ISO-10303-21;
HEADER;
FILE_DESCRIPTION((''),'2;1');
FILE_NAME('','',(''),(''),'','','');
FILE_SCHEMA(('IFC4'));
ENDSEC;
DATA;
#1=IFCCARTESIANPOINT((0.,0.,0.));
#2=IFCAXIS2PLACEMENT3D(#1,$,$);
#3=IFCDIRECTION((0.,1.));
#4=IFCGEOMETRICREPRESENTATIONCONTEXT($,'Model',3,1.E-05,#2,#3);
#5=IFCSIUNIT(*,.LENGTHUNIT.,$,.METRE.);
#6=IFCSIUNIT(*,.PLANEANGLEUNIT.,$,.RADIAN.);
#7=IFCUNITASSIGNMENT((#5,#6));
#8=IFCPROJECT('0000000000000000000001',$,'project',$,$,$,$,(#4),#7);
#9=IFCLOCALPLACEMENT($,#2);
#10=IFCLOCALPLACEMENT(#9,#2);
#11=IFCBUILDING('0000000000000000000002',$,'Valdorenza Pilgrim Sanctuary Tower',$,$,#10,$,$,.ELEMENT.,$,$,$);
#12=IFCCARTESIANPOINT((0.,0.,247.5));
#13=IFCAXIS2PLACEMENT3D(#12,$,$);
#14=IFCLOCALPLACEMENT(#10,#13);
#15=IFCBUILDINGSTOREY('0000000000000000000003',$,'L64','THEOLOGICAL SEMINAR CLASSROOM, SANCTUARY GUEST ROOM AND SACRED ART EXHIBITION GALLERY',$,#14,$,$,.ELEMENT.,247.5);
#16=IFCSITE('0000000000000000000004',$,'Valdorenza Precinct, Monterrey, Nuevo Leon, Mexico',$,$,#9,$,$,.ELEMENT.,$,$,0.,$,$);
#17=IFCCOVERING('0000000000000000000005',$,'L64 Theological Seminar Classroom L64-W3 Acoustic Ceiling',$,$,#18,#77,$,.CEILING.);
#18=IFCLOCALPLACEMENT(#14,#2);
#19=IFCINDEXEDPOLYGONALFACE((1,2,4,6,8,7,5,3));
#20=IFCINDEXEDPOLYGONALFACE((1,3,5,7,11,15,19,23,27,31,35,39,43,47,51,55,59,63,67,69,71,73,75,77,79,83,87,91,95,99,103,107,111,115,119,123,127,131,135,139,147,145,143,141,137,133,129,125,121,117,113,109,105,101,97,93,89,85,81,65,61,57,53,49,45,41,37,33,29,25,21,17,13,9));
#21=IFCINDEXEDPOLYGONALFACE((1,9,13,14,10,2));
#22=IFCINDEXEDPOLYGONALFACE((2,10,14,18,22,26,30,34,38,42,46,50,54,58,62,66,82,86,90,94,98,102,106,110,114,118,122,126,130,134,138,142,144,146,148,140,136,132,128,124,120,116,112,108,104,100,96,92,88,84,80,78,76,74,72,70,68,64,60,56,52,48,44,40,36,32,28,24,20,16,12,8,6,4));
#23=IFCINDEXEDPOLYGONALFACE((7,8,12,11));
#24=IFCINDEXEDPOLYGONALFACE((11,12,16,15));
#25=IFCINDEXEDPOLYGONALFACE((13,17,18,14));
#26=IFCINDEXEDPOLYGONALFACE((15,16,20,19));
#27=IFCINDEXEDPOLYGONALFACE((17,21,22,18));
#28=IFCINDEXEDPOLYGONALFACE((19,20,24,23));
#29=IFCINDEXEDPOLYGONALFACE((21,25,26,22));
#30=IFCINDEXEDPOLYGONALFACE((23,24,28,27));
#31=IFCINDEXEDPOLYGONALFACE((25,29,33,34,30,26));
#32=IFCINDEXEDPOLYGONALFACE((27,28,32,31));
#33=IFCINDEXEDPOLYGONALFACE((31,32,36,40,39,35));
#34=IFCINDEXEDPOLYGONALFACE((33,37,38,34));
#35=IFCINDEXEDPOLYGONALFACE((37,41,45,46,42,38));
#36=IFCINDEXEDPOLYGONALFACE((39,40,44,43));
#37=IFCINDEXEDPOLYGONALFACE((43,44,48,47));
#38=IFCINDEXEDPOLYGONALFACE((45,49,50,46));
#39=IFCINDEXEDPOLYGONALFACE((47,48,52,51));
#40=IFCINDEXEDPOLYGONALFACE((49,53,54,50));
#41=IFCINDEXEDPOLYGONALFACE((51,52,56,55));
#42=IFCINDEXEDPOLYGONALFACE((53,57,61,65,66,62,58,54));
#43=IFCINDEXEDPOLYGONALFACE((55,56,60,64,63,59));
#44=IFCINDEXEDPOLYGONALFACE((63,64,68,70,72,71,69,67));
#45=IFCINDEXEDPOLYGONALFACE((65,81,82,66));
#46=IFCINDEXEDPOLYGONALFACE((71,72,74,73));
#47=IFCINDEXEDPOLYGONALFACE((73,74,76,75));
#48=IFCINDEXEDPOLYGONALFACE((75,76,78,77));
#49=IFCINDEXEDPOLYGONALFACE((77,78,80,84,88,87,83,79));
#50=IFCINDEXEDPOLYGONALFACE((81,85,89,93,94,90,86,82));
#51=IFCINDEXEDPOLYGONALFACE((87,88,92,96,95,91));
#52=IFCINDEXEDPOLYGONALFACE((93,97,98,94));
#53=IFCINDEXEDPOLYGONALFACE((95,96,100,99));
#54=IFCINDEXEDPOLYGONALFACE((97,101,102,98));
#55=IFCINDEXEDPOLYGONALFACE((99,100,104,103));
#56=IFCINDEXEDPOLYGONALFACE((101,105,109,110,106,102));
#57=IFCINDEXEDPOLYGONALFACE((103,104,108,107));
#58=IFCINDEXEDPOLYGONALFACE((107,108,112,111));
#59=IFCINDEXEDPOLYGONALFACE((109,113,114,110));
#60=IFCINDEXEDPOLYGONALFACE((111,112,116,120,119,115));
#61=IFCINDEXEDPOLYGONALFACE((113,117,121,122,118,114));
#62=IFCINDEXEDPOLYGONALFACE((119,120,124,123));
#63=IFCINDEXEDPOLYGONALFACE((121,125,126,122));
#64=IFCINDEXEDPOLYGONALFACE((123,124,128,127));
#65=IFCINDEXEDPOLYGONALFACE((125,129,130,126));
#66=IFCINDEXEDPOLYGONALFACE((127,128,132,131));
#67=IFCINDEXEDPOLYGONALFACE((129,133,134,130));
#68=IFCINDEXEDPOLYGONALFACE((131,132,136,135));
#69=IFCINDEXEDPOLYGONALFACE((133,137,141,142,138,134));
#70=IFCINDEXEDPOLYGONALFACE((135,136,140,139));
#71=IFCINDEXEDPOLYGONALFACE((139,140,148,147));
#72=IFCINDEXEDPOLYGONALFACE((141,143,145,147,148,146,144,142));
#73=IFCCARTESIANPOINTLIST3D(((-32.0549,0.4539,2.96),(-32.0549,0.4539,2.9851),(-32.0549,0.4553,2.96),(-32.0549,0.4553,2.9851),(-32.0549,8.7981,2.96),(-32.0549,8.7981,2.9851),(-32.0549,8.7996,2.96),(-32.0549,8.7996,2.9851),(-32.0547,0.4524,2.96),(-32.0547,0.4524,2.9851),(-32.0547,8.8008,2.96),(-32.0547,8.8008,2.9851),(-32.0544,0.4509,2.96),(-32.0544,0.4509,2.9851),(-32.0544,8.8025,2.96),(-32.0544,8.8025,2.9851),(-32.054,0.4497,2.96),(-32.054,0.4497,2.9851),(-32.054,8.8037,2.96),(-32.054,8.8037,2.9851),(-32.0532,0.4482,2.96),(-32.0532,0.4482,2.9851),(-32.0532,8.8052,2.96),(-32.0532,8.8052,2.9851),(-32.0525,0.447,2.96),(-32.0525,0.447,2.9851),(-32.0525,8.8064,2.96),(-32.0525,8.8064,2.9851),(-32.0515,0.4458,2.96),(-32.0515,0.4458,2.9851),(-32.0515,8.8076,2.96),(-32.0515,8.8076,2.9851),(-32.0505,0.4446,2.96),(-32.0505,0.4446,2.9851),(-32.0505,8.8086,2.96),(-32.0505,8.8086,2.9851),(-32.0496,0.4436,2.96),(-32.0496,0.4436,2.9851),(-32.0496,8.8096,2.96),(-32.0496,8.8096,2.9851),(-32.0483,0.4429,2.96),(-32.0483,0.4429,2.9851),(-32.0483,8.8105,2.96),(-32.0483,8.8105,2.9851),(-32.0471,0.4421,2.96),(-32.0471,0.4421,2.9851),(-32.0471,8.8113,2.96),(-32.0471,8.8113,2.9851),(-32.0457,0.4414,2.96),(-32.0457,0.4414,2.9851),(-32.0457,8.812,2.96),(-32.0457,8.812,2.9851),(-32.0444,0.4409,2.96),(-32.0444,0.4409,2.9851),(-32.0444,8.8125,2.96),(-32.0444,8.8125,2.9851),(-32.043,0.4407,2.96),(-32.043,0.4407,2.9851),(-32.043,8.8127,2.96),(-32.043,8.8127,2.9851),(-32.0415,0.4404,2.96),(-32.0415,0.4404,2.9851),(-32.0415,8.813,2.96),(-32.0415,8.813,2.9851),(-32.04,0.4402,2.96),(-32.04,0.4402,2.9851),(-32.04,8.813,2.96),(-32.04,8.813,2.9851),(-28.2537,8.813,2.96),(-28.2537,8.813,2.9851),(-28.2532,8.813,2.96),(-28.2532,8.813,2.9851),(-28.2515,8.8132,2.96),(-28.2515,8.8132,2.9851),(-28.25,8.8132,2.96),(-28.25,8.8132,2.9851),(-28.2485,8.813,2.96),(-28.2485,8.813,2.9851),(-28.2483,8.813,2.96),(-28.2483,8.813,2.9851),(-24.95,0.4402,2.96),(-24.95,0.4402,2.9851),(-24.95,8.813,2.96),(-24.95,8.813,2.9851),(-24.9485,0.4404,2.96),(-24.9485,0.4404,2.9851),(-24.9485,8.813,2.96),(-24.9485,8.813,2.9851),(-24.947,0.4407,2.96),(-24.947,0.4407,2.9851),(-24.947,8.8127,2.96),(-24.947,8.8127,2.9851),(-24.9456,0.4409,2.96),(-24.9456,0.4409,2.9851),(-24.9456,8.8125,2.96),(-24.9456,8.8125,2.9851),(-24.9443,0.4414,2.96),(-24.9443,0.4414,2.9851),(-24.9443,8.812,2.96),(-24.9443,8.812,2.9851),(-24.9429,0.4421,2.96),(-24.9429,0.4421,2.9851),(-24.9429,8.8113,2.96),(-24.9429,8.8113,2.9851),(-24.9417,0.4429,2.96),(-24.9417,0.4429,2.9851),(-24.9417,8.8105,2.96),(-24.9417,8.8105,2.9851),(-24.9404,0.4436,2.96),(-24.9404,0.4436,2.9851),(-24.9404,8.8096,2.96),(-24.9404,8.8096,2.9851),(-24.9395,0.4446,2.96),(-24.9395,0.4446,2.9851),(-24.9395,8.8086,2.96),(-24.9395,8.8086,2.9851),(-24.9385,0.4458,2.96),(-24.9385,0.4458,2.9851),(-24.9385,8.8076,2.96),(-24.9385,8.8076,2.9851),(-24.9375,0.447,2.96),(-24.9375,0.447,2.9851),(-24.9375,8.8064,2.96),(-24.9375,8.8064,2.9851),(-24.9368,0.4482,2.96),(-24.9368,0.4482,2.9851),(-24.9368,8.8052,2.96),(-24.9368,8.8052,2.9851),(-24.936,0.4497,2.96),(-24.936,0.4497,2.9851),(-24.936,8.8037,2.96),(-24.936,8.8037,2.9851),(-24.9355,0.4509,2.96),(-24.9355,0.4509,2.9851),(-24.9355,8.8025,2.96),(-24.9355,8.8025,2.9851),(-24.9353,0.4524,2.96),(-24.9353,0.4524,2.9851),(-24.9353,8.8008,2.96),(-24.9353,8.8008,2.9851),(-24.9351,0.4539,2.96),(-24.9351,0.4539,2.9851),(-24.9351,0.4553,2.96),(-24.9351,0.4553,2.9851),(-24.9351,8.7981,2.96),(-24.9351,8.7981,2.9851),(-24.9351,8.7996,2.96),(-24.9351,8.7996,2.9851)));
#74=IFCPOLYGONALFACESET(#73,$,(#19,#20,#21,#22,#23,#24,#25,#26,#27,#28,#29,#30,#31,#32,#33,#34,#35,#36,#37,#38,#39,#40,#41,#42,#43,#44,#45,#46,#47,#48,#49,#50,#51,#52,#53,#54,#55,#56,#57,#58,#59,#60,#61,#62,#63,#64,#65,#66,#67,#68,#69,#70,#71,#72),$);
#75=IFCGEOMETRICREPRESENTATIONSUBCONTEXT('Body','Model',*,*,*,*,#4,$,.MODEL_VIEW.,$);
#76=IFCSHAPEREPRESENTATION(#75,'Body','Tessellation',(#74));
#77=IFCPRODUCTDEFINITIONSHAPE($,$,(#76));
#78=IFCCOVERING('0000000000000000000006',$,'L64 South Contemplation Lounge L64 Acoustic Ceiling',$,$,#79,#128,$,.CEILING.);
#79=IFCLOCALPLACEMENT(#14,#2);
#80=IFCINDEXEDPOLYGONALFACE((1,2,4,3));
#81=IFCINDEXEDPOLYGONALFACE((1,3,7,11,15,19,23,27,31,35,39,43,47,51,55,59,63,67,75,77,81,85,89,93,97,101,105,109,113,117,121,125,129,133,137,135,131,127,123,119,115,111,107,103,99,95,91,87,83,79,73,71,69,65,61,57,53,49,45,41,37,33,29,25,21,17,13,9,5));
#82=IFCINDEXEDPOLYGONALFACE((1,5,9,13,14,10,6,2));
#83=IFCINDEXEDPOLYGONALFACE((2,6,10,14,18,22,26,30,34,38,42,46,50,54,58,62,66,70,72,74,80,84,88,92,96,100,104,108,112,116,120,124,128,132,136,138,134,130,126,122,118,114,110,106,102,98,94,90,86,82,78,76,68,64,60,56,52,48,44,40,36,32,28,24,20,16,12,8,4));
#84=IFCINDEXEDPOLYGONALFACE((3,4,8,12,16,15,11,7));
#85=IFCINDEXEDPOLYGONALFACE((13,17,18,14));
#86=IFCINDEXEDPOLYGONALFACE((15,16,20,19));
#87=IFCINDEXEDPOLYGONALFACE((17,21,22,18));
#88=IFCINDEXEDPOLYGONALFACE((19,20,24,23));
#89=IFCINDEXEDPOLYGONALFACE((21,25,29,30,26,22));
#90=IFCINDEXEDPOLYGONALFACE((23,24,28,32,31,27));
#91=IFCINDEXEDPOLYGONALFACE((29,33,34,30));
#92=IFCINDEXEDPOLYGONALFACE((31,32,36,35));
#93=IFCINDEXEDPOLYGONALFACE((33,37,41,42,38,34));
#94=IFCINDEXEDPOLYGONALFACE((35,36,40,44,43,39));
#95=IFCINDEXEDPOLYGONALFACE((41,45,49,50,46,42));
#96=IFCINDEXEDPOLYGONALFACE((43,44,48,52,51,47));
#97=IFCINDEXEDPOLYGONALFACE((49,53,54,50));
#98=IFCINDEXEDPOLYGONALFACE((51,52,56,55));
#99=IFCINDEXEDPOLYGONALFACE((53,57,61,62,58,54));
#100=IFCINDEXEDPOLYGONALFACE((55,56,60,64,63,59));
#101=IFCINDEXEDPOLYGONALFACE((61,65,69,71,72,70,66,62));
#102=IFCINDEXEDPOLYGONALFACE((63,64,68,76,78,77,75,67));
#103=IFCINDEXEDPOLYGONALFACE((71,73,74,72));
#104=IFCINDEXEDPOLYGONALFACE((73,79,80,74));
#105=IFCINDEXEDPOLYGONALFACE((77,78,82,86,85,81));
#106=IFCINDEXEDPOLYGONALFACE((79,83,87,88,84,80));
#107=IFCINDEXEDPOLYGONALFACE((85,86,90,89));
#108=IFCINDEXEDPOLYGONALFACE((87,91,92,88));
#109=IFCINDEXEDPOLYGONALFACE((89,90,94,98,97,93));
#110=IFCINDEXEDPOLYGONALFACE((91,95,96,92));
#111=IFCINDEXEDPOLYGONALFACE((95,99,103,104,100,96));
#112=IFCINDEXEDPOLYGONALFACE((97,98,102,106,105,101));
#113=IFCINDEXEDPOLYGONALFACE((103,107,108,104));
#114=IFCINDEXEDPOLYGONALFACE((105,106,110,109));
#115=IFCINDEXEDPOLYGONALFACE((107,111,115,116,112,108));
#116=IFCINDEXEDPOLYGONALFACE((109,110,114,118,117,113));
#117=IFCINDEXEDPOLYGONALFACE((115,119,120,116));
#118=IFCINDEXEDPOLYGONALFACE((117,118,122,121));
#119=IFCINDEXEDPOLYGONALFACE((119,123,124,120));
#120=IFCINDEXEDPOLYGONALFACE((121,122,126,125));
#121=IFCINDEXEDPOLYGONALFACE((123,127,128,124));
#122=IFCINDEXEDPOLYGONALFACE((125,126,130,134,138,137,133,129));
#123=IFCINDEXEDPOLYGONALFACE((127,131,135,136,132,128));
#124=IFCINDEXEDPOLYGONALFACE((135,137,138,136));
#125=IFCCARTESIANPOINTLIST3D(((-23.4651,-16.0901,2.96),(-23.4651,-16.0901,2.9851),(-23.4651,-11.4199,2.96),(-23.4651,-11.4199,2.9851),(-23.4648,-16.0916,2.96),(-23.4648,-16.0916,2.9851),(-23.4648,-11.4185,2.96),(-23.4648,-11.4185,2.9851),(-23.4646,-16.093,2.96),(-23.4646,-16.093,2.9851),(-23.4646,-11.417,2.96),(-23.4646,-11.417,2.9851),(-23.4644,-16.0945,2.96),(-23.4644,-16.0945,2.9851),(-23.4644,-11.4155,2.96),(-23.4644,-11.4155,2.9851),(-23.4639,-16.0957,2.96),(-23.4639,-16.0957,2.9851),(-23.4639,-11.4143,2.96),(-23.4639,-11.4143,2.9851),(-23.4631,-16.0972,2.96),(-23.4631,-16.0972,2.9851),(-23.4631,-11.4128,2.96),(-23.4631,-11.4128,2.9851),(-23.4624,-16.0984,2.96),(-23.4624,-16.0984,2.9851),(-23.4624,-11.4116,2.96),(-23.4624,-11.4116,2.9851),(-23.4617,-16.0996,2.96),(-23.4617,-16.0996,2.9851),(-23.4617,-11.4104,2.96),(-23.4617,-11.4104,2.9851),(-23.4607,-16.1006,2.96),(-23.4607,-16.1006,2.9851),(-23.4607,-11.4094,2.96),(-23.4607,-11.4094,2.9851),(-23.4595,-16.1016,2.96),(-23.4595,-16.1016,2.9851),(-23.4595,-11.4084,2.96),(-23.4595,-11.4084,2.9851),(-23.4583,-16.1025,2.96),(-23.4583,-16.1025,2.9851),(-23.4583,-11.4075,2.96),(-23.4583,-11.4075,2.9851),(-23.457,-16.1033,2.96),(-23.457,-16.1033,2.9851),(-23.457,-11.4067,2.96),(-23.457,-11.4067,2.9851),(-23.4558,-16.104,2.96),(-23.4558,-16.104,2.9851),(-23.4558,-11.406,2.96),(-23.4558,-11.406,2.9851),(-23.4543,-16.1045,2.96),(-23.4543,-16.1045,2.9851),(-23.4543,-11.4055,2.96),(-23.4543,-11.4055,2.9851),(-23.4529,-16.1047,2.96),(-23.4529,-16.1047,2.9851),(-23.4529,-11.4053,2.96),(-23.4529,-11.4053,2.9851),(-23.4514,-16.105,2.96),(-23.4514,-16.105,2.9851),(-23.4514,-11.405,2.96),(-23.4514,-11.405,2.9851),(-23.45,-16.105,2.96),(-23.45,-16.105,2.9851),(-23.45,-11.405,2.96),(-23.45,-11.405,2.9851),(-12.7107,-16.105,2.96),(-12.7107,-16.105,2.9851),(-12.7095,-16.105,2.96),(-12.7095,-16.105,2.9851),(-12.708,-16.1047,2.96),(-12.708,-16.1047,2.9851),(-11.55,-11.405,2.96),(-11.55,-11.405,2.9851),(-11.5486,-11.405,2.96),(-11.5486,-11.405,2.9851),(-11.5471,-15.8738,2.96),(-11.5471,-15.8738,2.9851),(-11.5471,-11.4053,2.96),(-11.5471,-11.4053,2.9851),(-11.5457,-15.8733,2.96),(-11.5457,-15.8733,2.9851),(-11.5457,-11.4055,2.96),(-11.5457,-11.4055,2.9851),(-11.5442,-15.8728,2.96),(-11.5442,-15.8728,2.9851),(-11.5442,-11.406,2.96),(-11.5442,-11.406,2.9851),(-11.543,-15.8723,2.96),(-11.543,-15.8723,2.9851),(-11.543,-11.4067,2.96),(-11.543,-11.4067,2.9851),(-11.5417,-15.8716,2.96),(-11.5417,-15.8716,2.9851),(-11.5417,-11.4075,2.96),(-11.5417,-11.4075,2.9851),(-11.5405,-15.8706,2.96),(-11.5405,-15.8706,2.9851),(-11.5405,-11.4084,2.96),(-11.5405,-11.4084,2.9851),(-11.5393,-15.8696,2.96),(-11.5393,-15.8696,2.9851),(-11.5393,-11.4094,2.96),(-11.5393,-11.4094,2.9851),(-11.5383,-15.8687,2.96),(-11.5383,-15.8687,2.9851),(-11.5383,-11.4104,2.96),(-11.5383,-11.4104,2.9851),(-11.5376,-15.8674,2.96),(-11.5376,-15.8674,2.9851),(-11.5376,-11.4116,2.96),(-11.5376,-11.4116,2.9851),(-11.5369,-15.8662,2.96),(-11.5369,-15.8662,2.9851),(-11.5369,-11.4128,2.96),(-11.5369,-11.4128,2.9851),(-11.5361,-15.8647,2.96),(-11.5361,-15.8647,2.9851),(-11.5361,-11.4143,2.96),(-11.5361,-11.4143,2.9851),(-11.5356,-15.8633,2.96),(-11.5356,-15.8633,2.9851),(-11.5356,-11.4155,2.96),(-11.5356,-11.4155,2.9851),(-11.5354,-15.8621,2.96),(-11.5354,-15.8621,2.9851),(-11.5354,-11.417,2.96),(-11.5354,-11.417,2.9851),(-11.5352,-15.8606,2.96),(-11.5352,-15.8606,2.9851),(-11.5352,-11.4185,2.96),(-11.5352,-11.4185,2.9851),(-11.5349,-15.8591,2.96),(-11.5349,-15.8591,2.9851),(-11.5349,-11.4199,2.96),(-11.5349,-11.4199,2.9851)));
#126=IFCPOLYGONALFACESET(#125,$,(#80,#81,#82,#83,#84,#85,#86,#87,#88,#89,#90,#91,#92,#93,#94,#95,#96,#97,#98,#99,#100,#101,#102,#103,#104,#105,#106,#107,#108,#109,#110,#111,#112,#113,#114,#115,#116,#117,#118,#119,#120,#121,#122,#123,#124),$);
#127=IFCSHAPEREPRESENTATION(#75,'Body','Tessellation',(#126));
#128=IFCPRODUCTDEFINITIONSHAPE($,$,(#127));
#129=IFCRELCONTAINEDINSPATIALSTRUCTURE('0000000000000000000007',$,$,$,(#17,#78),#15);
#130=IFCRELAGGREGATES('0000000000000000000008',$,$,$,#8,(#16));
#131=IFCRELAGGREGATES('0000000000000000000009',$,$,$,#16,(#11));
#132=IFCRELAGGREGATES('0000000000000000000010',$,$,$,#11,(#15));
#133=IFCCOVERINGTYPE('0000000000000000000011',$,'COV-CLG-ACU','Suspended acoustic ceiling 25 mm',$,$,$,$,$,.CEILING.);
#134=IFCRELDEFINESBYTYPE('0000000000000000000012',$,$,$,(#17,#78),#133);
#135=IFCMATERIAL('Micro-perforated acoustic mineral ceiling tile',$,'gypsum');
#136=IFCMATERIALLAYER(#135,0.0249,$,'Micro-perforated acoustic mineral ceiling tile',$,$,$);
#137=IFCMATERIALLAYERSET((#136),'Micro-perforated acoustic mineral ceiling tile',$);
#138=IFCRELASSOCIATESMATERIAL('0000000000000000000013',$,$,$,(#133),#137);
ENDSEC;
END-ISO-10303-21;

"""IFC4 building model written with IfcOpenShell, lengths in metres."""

from ifc_helpers import new_model, si_unit, direction, frame, origin, place, context, subcontext, project, spatial, polyline, outline, extrude, material, layer, layer_set, type_object, element, save


model = new_model("IFC4")

# Units and contexts
model_context = context("Model", 3, precision=1e-05, world=origin(), true_north=direction((0.0, 1.0)))
body_context = subcontext(model_context, "Body", "Model", "MODEL_VIEW")
ifc_project = project(units=[si_unit("LENGTHUNIT", "METRE"), si_unit("PLANEANGLEUNIT", "RADIAN")], contexts=[model_context])

# Site, building, storey
site_placement = place(None, origin())
site = spatial("IfcSite", under=ifc_project, at=site_placement, Name="Valdorenza Precinct, Monterrey, Nuevo Leon, Mexico", CompositionType="ELEMENT", RefElevation=0.0)
building_placement = place(site_placement, origin())
building = spatial("IfcBuilding", under=site, at=building_placement, Name="Valdorenza Pilgrim Sanctuary Tower", CompositionType="ELEMENT")
storey_placement = place(building_placement, frame((0.0, 0.0, 247.5)))
storey = spatial("IfcBuildingStorey", under=building, at=storey_placement, Name="L64", Description="THEOLOGICAL SEMINAR CLASSROOM, SANCTUARY GUEST ROOM AND SACRED ART EXHIBITION GALLERY", CompositionType="ELEMENT", Elevation=247.5)

# Coverings
ifc_material_1 = material(Name="Micro-perforated acoustic mineral ceiling tile", Category="gypsum")
ifc_layer_1 = layer(ifc_material_1, 0.0249, Name="Micro-perforated acoustic mineral ceiling tile")
ifc_layer_set_1 = layer_set([ifc_layer_1], Name="Micro-perforated acoustic mineral ceiling tile")
covering_type_1 = type_object("IfcCoveringType", Name="COV-CLG-ACU", Description="Suspended acoustic ceiling 25 mm", PredefinedType="CEILING", material=ifc_layer_set_1)
covering_1_placement = place(storey_placement, frame((0.0, 0.0, 2.96)))
element("IfcCovering", 1, at=covering_1_placement, inside=storey, type_object=covering_type_1, Name="L64 Theological Seminar Classroom L64-W3 Acoustic Ceiling", PredefinedType="CEILING", context=body_context, shape_type="SweptSolid", body=[
    extrude(outline(polyline([(-28.2537, 8.813), (-28.2532, 8.813), (-28.2515, 8.8132), (-28.25, 8.8132), (-28.2485, 8.813), (-28.2483, 8.813), (-24.95, 8.813), (-24.9485, 8.813), (-24.947, 8.8127), (-24.9456, 8.8125), (-24.9443, 8.812), (-24.9429, 8.8113), (-24.9417, 8.8105), (-24.9404, 8.8096), (-24.9395, 8.8086), (-24.9385, 8.8076), (-24.9375, 8.8064), (-24.9368, 8.8052), (-24.936, 8.8037), (-24.9355, 8.8025), (-24.9353, 8.8008), (-24.9351, 8.7996), (-24.9351, 8.7981), (-24.9351, 0.4553), (-24.9351, 0.4539), (-24.9353, 0.4524), (-24.9355, 0.4509), (-24.936, 0.4497), (-24.9368, 0.4482), (-24.9375, 0.447), (-24.9385, 0.4458), (-24.9395, 0.4446), (-24.9404, 0.4436), (-24.9417, 0.4429), (-24.9429, 0.4421), (-24.9443, 0.4414), (-24.9456, 0.4409), (-24.947, 0.4407), (-24.9485, 0.4404), (-24.95, 0.4402), (-32.04, 0.4402), (-32.0415, 0.4404), (-32.043, 0.4407), (-32.0444, 0.4409), (-32.0457, 0.4414), (-32.0471, 0.4421), (-32.0483, 0.4429), (-32.0496, 0.4436), (-32.0505, 0.4446), (-32.0515, 0.4458), (-32.0525, 0.447), (-32.0532, 0.4482), (-32.054, 0.4497), (-32.0544, 0.4509), (-32.0547, 0.4524), (-32.0549, 0.4539), (-32.0549, 0.4553), (-32.0549, 8.7981), (-32.0549, 8.7996), (-32.0547, 8.8008), (-32.0544, 8.8025), (-32.054, 8.8037), (-32.0532, 8.8052), (-32.0525, 8.8064), (-32.0515, 8.8076), (-32.0505, 8.8086), (-32.0496, 8.8096), (-32.0483, 8.8105), (-32.0471, 8.8113), (-32.0457, 8.812), (-32.0444, 8.8125), (-32.043, 8.8127), (-32.0415, 8.813), (-32.04, 8.813), (-28.2537, 8.813)])), origin(), (0.0, 0.0, 1.0), 0.0251),
])
covering_2_placement = place(storey_placement, frame((0.0, 0.0, 2.96)))
element("IfcCovering", 2, at=covering_2_placement, inside=storey, type_object=covering_type_1, Name="L64 South Contemplation Lounge L64 Acoustic Ceiling", PredefinedType="CEILING", context=body_context, shape_type="SweptSolid", body=[
    extrude(outline(polyline([(-11.55, -11.405), (-11.5486, -11.405), (-11.5471, -11.4053), (-11.5457, -11.4055), (-11.5442, -11.406), (-11.543, -11.4067), (-11.5417, -11.4075), (-11.5405, -11.4084), (-11.5393, -11.4094), (-11.5383, -11.4104), (-11.5376, -11.4116), (-11.5369, -11.4128), (-11.5361, -11.4143), (-11.5356, -11.4155), (-11.5354, -11.417), (-11.5352, -11.4185), (-11.5349, -11.4199), (-11.5349, -15.8591), (-11.5352, -15.8606), (-11.5354, -15.8621), (-11.5356, -15.8633), (-11.5361, -15.8647), (-11.5369, -15.8662), (-11.5376, -15.8674), (-11.5383, -15.8687), (-11.5393, -15.8696), (-11.5405, -15.8706), (-11.5417, -15.8716), (-11.543, -15.8723), (-11.5442, -15.8728), (-11.5457, -15.8733), (-11.5471, -15.8738), (-12.708, -16.1047), (-12.7095, -16.105), (-12.7107, -16.105), (-23.45, -16.105), (-23.4514, -16.105), (-23.4529, -16.1047), (-23.4543, -16.1045), (-23.4558, -16.104), (-23.457, -16.1033), (-23.4583, -16.1025), (-23.4595, -16.1016), (-23.4607, -16.1006), (-23.4617, -16.0996), (-23.4624, -16.0984), (-23.4631, -16.0972), (-23.4639, -16.0957), (-23.4644, -16.0945), (-23.4646, -16.093), (-23.4648, -16.0916), (-23.4651, -16.0901), (-23.4651, -11.4199), (-23.4648, -11.4185), (-23.4646, -11.417), (-23.4644, -11.4155), (-23.4639, -11.4143), (-23.4631, -11.4128), (-23.4624, -11.4116), (-23.4617, -11.4104), (-23.4607, -11.4094), (-23.4595, -11.4084), (-23.4583, -11.4075), (-23.457, -11.4067), (-23.4558, -11.406), (-23.4543, -11.4055), (-23.4529, -11.4053), (-23.4514, -11.405), (-23.45, -11.405), (-11.55, -11.405)])), origin(), (0.0, 0.0, 1.0), 0.0251),
])

save(model, "model.ifc")
